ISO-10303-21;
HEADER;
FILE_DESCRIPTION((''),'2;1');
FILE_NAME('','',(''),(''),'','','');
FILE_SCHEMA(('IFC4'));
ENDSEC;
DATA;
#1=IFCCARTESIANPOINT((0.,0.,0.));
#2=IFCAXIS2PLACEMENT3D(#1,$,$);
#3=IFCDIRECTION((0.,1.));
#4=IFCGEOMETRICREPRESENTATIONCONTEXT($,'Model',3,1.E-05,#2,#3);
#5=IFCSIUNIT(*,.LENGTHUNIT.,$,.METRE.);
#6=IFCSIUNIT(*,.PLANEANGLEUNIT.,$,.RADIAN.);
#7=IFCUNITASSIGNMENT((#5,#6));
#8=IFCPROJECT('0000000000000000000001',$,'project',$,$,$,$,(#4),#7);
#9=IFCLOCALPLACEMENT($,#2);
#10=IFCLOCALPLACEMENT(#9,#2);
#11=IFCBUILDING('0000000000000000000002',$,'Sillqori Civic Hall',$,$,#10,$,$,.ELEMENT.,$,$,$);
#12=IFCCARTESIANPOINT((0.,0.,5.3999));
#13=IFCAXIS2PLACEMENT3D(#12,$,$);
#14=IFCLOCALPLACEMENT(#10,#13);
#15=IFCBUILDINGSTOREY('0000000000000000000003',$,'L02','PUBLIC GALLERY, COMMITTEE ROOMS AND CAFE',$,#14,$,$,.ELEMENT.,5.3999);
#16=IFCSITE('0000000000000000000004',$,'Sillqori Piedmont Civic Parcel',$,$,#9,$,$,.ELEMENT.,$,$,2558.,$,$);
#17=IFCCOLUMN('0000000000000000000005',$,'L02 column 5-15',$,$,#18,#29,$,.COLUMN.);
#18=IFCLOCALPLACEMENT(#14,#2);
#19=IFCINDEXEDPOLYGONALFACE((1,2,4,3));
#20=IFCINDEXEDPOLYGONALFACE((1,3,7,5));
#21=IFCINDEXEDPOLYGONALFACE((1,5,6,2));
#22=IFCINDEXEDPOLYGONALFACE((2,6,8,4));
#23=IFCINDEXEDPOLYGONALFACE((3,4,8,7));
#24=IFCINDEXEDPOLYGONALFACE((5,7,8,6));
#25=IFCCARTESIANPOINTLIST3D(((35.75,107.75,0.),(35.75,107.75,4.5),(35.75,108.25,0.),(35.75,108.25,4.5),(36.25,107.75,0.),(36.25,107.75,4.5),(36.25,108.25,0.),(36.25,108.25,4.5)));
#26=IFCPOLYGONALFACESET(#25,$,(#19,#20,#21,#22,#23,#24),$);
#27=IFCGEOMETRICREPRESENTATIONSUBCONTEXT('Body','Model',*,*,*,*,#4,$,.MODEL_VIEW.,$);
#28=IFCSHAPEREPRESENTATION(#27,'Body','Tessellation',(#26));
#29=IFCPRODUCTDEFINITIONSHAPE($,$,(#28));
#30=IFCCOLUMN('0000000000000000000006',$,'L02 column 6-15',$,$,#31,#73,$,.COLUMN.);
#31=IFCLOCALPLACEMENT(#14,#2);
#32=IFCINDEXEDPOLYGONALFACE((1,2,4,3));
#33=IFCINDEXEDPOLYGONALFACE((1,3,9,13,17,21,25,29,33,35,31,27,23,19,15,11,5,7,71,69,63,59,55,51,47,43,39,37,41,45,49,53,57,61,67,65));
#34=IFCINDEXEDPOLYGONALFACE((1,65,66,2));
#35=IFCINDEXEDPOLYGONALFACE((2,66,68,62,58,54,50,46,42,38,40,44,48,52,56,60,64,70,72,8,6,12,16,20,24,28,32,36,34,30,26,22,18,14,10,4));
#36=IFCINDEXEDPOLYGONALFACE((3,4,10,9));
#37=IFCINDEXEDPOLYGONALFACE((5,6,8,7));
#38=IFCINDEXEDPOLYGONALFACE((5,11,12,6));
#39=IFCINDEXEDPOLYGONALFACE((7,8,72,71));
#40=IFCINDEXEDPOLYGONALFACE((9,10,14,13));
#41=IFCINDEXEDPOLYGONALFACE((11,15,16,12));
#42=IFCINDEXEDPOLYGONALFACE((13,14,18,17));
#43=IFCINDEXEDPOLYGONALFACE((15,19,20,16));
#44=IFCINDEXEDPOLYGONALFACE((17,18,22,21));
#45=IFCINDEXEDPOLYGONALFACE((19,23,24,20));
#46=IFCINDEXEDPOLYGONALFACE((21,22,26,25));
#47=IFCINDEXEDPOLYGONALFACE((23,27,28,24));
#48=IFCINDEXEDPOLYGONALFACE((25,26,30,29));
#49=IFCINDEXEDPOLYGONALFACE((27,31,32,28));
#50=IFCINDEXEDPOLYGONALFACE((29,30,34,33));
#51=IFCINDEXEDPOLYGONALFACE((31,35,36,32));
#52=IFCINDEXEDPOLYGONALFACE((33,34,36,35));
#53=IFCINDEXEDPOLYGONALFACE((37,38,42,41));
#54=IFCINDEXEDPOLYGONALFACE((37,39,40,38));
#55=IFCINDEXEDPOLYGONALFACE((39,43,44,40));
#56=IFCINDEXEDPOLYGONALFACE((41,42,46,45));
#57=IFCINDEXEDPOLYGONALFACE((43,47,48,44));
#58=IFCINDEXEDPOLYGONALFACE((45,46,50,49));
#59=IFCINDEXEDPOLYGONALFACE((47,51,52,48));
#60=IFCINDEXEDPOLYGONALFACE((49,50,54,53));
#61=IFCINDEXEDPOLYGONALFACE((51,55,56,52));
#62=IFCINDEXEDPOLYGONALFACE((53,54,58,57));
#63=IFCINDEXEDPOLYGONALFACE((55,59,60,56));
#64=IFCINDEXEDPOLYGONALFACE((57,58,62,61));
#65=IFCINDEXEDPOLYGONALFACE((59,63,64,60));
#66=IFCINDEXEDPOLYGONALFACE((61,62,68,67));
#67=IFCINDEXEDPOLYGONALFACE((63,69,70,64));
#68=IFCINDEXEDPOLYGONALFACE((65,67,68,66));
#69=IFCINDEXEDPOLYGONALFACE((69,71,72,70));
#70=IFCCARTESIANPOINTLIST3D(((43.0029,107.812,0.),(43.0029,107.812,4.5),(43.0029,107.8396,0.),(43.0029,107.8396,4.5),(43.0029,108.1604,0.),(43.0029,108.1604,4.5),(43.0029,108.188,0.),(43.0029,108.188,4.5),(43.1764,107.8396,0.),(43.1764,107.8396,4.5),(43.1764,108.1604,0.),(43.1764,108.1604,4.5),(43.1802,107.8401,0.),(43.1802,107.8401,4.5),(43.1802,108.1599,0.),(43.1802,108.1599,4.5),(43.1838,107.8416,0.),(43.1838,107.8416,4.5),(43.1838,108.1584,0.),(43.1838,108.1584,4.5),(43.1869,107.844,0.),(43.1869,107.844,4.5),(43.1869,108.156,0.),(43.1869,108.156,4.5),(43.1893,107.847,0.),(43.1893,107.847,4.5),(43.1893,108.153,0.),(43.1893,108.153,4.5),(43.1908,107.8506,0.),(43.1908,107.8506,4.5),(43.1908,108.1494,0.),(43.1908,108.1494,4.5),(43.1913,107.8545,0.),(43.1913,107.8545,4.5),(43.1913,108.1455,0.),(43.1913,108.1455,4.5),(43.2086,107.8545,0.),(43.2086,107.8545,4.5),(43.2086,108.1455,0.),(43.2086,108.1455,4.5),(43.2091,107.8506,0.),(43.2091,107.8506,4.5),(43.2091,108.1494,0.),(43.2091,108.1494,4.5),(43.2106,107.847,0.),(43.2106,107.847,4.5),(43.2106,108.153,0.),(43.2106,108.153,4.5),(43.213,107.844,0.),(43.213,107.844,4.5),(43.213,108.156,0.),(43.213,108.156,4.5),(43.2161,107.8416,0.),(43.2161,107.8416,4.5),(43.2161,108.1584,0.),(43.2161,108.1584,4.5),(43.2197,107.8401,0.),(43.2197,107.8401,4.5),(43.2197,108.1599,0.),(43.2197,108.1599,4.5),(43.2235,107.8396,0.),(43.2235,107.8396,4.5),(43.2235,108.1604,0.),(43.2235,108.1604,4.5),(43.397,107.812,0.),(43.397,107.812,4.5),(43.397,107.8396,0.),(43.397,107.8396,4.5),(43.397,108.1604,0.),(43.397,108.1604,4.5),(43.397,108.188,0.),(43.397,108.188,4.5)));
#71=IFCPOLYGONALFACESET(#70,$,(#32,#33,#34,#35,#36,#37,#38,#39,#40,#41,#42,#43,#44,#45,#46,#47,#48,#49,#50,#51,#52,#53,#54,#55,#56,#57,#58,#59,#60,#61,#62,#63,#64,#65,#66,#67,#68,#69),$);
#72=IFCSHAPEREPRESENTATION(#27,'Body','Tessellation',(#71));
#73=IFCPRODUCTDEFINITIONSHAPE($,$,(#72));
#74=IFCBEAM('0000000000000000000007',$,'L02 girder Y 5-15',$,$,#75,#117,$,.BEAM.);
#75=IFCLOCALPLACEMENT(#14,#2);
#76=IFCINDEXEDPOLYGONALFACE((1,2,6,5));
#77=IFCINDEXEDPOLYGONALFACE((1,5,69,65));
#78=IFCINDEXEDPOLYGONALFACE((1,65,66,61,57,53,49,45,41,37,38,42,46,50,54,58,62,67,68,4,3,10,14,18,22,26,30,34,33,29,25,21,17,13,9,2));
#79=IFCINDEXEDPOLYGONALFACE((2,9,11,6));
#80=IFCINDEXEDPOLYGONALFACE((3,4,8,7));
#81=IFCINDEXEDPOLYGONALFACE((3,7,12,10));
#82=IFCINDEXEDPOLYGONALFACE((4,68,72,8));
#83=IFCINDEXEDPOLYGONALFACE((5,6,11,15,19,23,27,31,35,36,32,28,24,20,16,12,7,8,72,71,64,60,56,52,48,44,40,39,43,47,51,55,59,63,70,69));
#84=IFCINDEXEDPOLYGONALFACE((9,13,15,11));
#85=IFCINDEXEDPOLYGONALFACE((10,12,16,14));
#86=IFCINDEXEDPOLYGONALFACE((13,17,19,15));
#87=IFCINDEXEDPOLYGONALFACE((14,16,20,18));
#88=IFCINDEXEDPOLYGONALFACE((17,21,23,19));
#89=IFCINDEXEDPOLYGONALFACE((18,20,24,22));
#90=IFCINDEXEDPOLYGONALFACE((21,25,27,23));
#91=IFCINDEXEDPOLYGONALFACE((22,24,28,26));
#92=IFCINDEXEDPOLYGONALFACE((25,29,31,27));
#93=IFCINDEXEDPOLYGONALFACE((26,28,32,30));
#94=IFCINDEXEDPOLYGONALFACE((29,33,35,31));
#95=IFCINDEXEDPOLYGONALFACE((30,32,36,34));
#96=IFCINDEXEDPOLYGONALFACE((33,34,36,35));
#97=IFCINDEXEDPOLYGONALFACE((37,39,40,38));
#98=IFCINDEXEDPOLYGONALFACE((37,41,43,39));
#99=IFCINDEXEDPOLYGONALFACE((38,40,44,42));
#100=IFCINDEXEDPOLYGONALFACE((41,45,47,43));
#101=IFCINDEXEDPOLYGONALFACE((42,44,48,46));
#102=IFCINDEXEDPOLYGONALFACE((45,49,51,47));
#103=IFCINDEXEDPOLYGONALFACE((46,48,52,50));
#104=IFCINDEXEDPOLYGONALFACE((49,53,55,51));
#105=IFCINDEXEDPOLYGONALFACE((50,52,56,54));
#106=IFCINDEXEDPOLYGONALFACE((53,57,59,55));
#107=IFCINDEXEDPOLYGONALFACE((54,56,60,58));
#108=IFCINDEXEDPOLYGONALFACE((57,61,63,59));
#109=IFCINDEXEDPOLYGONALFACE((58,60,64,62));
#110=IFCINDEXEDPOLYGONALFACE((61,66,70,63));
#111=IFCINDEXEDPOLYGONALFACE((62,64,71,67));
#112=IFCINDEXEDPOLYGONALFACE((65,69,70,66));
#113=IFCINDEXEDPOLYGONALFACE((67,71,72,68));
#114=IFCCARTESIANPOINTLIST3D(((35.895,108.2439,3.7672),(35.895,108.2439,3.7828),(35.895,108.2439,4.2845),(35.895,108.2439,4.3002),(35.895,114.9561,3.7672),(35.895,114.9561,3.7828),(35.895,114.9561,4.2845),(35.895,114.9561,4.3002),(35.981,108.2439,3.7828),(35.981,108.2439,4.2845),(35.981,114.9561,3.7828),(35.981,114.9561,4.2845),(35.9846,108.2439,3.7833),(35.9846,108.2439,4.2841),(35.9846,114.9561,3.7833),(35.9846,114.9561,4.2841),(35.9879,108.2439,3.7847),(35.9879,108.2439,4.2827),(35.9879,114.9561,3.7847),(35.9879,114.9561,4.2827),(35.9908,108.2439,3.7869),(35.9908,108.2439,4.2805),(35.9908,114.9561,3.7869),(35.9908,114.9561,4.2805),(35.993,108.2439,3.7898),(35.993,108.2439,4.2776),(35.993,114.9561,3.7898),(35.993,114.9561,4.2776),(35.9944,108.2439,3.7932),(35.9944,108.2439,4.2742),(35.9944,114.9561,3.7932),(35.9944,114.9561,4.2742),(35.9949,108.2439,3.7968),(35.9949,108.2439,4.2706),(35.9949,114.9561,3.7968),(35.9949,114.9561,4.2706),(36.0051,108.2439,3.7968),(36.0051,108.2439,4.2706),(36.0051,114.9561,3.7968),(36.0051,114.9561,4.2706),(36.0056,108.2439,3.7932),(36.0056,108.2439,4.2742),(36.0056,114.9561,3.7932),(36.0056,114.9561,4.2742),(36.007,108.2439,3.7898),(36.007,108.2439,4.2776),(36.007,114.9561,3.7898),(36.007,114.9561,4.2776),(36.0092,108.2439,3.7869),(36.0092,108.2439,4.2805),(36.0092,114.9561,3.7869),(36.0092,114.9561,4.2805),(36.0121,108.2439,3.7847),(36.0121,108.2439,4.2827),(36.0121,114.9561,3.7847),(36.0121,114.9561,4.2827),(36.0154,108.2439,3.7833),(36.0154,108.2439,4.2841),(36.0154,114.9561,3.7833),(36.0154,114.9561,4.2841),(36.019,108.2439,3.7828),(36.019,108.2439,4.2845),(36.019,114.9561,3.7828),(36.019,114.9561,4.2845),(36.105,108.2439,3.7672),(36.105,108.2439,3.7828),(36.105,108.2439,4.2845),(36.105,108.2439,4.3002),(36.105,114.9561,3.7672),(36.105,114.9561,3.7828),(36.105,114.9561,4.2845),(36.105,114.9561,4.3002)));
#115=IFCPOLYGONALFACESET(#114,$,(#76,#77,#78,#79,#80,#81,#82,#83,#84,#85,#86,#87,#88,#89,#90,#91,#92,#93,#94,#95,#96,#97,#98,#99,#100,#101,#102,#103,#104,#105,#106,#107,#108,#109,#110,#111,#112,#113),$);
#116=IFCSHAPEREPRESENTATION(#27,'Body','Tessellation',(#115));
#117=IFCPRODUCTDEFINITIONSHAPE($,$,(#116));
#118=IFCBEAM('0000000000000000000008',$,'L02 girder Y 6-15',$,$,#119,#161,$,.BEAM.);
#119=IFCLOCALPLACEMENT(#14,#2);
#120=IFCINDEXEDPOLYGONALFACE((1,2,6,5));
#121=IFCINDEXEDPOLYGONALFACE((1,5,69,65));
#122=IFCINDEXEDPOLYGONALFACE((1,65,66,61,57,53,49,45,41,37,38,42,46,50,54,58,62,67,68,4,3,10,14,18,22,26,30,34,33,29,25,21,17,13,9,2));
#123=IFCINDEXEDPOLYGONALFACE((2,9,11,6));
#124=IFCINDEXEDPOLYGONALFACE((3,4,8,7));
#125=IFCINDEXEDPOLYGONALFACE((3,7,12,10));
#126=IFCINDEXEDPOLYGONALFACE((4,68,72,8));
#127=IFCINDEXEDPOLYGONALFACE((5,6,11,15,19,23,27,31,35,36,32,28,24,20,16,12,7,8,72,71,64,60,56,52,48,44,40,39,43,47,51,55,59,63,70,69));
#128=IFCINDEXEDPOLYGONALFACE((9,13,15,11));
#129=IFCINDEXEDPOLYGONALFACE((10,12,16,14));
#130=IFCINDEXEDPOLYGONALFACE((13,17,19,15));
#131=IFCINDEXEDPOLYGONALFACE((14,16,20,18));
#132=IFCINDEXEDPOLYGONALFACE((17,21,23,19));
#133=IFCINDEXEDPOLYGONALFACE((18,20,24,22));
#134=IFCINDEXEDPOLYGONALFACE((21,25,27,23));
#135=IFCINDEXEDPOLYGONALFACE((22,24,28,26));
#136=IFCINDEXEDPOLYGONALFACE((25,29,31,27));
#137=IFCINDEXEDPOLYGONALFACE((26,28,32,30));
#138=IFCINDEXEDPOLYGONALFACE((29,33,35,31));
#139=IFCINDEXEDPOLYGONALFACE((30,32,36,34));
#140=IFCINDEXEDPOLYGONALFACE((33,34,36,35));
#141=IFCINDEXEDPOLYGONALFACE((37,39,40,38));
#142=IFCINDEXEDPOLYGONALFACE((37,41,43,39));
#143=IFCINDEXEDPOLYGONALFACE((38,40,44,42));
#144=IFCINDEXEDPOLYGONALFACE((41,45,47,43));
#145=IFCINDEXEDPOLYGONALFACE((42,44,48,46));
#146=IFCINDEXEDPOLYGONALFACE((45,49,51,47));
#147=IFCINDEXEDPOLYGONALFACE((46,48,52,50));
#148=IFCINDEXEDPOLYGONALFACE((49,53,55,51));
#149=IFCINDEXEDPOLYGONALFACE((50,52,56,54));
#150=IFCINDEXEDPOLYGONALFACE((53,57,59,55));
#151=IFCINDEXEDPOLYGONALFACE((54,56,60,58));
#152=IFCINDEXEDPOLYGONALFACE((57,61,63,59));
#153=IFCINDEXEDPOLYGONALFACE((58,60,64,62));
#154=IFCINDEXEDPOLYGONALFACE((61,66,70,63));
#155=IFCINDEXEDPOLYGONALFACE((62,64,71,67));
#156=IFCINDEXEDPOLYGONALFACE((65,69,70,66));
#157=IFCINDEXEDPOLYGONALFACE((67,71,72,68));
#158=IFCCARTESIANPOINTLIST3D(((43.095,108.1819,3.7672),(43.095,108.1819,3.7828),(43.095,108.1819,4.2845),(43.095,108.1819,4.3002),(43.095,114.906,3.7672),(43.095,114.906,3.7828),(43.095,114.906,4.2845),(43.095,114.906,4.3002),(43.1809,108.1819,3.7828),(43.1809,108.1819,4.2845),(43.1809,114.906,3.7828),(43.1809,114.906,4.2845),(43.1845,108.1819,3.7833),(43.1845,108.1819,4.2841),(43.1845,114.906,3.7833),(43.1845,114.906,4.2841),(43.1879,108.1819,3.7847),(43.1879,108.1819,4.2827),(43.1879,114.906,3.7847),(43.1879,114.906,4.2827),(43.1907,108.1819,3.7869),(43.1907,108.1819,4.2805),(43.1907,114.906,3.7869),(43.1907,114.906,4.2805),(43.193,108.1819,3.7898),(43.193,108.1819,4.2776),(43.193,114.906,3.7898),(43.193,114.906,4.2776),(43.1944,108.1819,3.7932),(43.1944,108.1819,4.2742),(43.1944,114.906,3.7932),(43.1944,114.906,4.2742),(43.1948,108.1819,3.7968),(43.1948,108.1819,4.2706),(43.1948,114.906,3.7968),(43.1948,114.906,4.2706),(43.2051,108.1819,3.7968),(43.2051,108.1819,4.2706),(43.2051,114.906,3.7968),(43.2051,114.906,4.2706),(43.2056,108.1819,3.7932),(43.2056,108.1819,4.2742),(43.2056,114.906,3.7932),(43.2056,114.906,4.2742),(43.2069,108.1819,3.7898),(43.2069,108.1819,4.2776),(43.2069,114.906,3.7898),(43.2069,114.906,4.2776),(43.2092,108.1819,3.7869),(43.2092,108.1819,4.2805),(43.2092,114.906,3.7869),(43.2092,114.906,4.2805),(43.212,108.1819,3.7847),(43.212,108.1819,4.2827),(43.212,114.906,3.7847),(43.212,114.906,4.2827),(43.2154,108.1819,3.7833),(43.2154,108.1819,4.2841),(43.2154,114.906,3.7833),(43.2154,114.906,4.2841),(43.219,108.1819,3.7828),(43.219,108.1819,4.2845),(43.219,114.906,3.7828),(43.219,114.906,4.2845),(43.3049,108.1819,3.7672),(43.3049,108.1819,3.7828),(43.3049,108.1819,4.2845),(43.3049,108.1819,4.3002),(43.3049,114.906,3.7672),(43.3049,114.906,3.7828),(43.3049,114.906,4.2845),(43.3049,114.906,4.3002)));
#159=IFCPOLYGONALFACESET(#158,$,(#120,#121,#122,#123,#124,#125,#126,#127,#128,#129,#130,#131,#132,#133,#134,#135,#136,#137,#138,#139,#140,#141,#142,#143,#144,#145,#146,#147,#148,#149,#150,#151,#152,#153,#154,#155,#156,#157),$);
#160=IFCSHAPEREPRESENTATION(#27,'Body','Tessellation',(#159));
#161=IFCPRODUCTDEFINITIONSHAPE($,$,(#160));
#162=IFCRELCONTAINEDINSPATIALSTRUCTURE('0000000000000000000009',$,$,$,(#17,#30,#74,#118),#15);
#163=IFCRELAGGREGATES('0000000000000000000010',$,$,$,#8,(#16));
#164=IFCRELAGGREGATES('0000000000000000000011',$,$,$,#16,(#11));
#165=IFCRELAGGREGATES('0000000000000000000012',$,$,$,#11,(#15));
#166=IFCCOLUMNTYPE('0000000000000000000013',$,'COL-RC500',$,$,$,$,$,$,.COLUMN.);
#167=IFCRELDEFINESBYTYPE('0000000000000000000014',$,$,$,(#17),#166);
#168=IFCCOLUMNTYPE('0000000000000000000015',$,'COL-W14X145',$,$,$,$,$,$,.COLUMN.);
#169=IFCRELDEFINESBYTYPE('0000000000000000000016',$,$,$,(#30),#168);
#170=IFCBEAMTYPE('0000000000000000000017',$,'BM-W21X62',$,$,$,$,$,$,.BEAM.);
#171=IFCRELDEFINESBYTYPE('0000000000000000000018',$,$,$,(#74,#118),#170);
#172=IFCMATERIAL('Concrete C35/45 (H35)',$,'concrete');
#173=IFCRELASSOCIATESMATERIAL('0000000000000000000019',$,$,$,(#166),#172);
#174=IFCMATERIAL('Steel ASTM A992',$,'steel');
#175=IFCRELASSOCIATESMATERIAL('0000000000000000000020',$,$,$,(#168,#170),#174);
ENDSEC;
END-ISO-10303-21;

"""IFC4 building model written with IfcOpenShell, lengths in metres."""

from ifc_helpers import new_model, si_unit, direction, frame, origin, origin_2d, place, context, subcontext, project, spatial, rectangle, i_section, extrude, material, material_profile, profile_set, type_object, element, save


model = new_model("IFC4")

# Units and contexts
model_context = context("Model", 3, precision=1e-05, world=origin(), true_north=direction((0.0, 1.0)))
body_context = subcontext(model_context, "Body", "Model", "MODEL_VIEW")
ifc_project = project(units=[si_unit("LENGTHUNIT", "METRE"), si_unit("PLANEANGLEUNIT", "RADIAN")], contexts=[model_context])

# Site, building, storey
site_placement = place(None, origin())
site = spatial("IfcSite", under=ifc_project, at=site_placement, Name="Sillqori Piedmont Civic Parcel", CompositionType="ELEMENT", RefElevation=2558.0)
building_placement = place(site_placement, origin())
building = spatial("IfcBuilding", under=site, at=building_placement, Name="Sillqori Civic Hall", CompositionType="ELEMENT")
storey_placement = place(building_placement, frame((0.0, 0.0, 5.3999)))
storey = spatial("IfcBuildingStorey", under=building, at=storey_placement, Name="L02", Description="PUBLIC GALLERY, COMMITTEE ROOMS AND CAFE", CompositionType="ELEMENT", Elevation=5.3999)

# Columns
ifc_material_1 = material(Name="Concrete C35/45 (H35)", Category="concrete")
ifc_material_profile_1 = material_profile(ifc_material_1, rectangle(XDim=0.5, YDim=0.5, at=origin_2d()), Name="RC 500x500")
ifc_profile_set_1 = profile_set([ifc_material_profile_1], Name="Concrete C35/45 (H35)")
column_type_1 = type_object("IfcColumnType", Name="COL-RC500", PredefinedType="COLUMN", material=ifc_profile_set_1)
column_1_placement = place(storey_placement, frame((36.0, 108.0, 0.0), z_axis=(0.0, 0.0, 1.0), x_axis=(1.0, 0.0, 0.0)))
element("IfcColumn", 1, at=column_1_placement, inside=storey, type_object=column_type_1, Name="L02 column 5-15", PredefinedType="COLUMN", context=body_context, shape_type="SweptSolid", body=[
    extrude(rectangle(XDim=0.5, YDim=0.5, at=origin_2d()), origin(), (0.0, 0.0, 1.0), 4.5),
])
ifc_material_2 = material(Name="Steel ASTM A992", Category="steel")
ifc_material_profile_2 = material_profile(ifc_material_2, i_section(OverallWidth=0.394, OverallDepth=0.376, WebThickness=0.0173, FlangeThickness=0.0276, FilletRadius=0.0149, at=origin_2d()), Name="W14X145")
ifc_profile_set_2 = profile_set([ifc_material_profile_2], Name="Steel ASTM A992")
column_type_2 = type_object("IfcColumnType", Name="COL-W14X145", PredefinedType="COLUMN", material=ifc_profile_set_2)
column_2_placement = place(storey_placement, frame((43.2, 108.0, 0.0), z_axis=(0.0, 0.0, 1.0), x_axis=(1.0, 0.0, 0.0)))
element("IfcColumn", 2, at=column_2_placement, inside=storey, type_object=column_type_2, Name="L02 column 6-15", PredefinedType="COLUMN", context=body_context, shape_type="SweptSolid", body=[
    extrude(i_section(OverallWidth=0.394, OverallDepth=0.376, WebThickness=0.0173, FlangeThickness=0.0276, FilletRadius=0.0149, at=origin_2d()), origin(), (0.0, 0.0, 1.0), 4.5),
])

# Beams
ifc_material_profile_3 = material_profile(ifc_material_2, i_section(OverallWidth=0.21, OverallDepth=0.533, WebThickness=0.0103, FlangeThickness=0.0156, FilletRadius=0.0139, at=origin_2d()), Name="W21X62")
ifc_profile_set_3 = profile_set([ifc_material_profile_3], Name="Steel ASTM A992")
beam_type_1 = type_object("IfcBeamType", Name="BM-W21X62", PredefinedType="BEAM", material=ifc_profile_set_3)
beam_1_placement = place(storey_placement, frame((36.0, 108.2439, 4.0337), z_axis=(0.0, 1.0, 0.0), x_axis=(-1.0, 0.0, 0.0)))
element("IfcBeam", 3, at=beam_1_placement, inside=storey, type_object=beam_type_1, Name="L02 girder Y 5-15", PredefinedType="BEAM", context=body_context, shape_type="SweptSolid", body=[
    extrude(i_section(OverallWidth=0.21, OverallDepth=0.533, WebThickness=0.0103, FlangeThickness=0.0156, FilletRadius=0.0139, at=origin_2d()), origin(), (0.0, 0.0, 1.0), 6.7122),
])
beam_2_placement = place(storey_placement, frame((43.2, 108.1819, 4.0337), z_axis=(0.0, 1.0, 0.0), x_axis=(-1.0, 0.0, 0.0)))
element("IfcBeam", 4, at=beam_2_placement, inside=storey, type_object=beam_type_1, Name="L02 girder Y 6-15", PredefinedType="BEAM", context=body_context, shape_type="SweptSolid", body=[
    extrude(i_section(OverallWidth=0.21, OverallDepth=0.533, WebThickness=0.0103, FlangeThickness=0.0156, FilletRadius=0.0139, at=origin_2d()), origin(), (0.0, 0.0, 1.0), 6.7241),
])

save(model, "model.ifc")
